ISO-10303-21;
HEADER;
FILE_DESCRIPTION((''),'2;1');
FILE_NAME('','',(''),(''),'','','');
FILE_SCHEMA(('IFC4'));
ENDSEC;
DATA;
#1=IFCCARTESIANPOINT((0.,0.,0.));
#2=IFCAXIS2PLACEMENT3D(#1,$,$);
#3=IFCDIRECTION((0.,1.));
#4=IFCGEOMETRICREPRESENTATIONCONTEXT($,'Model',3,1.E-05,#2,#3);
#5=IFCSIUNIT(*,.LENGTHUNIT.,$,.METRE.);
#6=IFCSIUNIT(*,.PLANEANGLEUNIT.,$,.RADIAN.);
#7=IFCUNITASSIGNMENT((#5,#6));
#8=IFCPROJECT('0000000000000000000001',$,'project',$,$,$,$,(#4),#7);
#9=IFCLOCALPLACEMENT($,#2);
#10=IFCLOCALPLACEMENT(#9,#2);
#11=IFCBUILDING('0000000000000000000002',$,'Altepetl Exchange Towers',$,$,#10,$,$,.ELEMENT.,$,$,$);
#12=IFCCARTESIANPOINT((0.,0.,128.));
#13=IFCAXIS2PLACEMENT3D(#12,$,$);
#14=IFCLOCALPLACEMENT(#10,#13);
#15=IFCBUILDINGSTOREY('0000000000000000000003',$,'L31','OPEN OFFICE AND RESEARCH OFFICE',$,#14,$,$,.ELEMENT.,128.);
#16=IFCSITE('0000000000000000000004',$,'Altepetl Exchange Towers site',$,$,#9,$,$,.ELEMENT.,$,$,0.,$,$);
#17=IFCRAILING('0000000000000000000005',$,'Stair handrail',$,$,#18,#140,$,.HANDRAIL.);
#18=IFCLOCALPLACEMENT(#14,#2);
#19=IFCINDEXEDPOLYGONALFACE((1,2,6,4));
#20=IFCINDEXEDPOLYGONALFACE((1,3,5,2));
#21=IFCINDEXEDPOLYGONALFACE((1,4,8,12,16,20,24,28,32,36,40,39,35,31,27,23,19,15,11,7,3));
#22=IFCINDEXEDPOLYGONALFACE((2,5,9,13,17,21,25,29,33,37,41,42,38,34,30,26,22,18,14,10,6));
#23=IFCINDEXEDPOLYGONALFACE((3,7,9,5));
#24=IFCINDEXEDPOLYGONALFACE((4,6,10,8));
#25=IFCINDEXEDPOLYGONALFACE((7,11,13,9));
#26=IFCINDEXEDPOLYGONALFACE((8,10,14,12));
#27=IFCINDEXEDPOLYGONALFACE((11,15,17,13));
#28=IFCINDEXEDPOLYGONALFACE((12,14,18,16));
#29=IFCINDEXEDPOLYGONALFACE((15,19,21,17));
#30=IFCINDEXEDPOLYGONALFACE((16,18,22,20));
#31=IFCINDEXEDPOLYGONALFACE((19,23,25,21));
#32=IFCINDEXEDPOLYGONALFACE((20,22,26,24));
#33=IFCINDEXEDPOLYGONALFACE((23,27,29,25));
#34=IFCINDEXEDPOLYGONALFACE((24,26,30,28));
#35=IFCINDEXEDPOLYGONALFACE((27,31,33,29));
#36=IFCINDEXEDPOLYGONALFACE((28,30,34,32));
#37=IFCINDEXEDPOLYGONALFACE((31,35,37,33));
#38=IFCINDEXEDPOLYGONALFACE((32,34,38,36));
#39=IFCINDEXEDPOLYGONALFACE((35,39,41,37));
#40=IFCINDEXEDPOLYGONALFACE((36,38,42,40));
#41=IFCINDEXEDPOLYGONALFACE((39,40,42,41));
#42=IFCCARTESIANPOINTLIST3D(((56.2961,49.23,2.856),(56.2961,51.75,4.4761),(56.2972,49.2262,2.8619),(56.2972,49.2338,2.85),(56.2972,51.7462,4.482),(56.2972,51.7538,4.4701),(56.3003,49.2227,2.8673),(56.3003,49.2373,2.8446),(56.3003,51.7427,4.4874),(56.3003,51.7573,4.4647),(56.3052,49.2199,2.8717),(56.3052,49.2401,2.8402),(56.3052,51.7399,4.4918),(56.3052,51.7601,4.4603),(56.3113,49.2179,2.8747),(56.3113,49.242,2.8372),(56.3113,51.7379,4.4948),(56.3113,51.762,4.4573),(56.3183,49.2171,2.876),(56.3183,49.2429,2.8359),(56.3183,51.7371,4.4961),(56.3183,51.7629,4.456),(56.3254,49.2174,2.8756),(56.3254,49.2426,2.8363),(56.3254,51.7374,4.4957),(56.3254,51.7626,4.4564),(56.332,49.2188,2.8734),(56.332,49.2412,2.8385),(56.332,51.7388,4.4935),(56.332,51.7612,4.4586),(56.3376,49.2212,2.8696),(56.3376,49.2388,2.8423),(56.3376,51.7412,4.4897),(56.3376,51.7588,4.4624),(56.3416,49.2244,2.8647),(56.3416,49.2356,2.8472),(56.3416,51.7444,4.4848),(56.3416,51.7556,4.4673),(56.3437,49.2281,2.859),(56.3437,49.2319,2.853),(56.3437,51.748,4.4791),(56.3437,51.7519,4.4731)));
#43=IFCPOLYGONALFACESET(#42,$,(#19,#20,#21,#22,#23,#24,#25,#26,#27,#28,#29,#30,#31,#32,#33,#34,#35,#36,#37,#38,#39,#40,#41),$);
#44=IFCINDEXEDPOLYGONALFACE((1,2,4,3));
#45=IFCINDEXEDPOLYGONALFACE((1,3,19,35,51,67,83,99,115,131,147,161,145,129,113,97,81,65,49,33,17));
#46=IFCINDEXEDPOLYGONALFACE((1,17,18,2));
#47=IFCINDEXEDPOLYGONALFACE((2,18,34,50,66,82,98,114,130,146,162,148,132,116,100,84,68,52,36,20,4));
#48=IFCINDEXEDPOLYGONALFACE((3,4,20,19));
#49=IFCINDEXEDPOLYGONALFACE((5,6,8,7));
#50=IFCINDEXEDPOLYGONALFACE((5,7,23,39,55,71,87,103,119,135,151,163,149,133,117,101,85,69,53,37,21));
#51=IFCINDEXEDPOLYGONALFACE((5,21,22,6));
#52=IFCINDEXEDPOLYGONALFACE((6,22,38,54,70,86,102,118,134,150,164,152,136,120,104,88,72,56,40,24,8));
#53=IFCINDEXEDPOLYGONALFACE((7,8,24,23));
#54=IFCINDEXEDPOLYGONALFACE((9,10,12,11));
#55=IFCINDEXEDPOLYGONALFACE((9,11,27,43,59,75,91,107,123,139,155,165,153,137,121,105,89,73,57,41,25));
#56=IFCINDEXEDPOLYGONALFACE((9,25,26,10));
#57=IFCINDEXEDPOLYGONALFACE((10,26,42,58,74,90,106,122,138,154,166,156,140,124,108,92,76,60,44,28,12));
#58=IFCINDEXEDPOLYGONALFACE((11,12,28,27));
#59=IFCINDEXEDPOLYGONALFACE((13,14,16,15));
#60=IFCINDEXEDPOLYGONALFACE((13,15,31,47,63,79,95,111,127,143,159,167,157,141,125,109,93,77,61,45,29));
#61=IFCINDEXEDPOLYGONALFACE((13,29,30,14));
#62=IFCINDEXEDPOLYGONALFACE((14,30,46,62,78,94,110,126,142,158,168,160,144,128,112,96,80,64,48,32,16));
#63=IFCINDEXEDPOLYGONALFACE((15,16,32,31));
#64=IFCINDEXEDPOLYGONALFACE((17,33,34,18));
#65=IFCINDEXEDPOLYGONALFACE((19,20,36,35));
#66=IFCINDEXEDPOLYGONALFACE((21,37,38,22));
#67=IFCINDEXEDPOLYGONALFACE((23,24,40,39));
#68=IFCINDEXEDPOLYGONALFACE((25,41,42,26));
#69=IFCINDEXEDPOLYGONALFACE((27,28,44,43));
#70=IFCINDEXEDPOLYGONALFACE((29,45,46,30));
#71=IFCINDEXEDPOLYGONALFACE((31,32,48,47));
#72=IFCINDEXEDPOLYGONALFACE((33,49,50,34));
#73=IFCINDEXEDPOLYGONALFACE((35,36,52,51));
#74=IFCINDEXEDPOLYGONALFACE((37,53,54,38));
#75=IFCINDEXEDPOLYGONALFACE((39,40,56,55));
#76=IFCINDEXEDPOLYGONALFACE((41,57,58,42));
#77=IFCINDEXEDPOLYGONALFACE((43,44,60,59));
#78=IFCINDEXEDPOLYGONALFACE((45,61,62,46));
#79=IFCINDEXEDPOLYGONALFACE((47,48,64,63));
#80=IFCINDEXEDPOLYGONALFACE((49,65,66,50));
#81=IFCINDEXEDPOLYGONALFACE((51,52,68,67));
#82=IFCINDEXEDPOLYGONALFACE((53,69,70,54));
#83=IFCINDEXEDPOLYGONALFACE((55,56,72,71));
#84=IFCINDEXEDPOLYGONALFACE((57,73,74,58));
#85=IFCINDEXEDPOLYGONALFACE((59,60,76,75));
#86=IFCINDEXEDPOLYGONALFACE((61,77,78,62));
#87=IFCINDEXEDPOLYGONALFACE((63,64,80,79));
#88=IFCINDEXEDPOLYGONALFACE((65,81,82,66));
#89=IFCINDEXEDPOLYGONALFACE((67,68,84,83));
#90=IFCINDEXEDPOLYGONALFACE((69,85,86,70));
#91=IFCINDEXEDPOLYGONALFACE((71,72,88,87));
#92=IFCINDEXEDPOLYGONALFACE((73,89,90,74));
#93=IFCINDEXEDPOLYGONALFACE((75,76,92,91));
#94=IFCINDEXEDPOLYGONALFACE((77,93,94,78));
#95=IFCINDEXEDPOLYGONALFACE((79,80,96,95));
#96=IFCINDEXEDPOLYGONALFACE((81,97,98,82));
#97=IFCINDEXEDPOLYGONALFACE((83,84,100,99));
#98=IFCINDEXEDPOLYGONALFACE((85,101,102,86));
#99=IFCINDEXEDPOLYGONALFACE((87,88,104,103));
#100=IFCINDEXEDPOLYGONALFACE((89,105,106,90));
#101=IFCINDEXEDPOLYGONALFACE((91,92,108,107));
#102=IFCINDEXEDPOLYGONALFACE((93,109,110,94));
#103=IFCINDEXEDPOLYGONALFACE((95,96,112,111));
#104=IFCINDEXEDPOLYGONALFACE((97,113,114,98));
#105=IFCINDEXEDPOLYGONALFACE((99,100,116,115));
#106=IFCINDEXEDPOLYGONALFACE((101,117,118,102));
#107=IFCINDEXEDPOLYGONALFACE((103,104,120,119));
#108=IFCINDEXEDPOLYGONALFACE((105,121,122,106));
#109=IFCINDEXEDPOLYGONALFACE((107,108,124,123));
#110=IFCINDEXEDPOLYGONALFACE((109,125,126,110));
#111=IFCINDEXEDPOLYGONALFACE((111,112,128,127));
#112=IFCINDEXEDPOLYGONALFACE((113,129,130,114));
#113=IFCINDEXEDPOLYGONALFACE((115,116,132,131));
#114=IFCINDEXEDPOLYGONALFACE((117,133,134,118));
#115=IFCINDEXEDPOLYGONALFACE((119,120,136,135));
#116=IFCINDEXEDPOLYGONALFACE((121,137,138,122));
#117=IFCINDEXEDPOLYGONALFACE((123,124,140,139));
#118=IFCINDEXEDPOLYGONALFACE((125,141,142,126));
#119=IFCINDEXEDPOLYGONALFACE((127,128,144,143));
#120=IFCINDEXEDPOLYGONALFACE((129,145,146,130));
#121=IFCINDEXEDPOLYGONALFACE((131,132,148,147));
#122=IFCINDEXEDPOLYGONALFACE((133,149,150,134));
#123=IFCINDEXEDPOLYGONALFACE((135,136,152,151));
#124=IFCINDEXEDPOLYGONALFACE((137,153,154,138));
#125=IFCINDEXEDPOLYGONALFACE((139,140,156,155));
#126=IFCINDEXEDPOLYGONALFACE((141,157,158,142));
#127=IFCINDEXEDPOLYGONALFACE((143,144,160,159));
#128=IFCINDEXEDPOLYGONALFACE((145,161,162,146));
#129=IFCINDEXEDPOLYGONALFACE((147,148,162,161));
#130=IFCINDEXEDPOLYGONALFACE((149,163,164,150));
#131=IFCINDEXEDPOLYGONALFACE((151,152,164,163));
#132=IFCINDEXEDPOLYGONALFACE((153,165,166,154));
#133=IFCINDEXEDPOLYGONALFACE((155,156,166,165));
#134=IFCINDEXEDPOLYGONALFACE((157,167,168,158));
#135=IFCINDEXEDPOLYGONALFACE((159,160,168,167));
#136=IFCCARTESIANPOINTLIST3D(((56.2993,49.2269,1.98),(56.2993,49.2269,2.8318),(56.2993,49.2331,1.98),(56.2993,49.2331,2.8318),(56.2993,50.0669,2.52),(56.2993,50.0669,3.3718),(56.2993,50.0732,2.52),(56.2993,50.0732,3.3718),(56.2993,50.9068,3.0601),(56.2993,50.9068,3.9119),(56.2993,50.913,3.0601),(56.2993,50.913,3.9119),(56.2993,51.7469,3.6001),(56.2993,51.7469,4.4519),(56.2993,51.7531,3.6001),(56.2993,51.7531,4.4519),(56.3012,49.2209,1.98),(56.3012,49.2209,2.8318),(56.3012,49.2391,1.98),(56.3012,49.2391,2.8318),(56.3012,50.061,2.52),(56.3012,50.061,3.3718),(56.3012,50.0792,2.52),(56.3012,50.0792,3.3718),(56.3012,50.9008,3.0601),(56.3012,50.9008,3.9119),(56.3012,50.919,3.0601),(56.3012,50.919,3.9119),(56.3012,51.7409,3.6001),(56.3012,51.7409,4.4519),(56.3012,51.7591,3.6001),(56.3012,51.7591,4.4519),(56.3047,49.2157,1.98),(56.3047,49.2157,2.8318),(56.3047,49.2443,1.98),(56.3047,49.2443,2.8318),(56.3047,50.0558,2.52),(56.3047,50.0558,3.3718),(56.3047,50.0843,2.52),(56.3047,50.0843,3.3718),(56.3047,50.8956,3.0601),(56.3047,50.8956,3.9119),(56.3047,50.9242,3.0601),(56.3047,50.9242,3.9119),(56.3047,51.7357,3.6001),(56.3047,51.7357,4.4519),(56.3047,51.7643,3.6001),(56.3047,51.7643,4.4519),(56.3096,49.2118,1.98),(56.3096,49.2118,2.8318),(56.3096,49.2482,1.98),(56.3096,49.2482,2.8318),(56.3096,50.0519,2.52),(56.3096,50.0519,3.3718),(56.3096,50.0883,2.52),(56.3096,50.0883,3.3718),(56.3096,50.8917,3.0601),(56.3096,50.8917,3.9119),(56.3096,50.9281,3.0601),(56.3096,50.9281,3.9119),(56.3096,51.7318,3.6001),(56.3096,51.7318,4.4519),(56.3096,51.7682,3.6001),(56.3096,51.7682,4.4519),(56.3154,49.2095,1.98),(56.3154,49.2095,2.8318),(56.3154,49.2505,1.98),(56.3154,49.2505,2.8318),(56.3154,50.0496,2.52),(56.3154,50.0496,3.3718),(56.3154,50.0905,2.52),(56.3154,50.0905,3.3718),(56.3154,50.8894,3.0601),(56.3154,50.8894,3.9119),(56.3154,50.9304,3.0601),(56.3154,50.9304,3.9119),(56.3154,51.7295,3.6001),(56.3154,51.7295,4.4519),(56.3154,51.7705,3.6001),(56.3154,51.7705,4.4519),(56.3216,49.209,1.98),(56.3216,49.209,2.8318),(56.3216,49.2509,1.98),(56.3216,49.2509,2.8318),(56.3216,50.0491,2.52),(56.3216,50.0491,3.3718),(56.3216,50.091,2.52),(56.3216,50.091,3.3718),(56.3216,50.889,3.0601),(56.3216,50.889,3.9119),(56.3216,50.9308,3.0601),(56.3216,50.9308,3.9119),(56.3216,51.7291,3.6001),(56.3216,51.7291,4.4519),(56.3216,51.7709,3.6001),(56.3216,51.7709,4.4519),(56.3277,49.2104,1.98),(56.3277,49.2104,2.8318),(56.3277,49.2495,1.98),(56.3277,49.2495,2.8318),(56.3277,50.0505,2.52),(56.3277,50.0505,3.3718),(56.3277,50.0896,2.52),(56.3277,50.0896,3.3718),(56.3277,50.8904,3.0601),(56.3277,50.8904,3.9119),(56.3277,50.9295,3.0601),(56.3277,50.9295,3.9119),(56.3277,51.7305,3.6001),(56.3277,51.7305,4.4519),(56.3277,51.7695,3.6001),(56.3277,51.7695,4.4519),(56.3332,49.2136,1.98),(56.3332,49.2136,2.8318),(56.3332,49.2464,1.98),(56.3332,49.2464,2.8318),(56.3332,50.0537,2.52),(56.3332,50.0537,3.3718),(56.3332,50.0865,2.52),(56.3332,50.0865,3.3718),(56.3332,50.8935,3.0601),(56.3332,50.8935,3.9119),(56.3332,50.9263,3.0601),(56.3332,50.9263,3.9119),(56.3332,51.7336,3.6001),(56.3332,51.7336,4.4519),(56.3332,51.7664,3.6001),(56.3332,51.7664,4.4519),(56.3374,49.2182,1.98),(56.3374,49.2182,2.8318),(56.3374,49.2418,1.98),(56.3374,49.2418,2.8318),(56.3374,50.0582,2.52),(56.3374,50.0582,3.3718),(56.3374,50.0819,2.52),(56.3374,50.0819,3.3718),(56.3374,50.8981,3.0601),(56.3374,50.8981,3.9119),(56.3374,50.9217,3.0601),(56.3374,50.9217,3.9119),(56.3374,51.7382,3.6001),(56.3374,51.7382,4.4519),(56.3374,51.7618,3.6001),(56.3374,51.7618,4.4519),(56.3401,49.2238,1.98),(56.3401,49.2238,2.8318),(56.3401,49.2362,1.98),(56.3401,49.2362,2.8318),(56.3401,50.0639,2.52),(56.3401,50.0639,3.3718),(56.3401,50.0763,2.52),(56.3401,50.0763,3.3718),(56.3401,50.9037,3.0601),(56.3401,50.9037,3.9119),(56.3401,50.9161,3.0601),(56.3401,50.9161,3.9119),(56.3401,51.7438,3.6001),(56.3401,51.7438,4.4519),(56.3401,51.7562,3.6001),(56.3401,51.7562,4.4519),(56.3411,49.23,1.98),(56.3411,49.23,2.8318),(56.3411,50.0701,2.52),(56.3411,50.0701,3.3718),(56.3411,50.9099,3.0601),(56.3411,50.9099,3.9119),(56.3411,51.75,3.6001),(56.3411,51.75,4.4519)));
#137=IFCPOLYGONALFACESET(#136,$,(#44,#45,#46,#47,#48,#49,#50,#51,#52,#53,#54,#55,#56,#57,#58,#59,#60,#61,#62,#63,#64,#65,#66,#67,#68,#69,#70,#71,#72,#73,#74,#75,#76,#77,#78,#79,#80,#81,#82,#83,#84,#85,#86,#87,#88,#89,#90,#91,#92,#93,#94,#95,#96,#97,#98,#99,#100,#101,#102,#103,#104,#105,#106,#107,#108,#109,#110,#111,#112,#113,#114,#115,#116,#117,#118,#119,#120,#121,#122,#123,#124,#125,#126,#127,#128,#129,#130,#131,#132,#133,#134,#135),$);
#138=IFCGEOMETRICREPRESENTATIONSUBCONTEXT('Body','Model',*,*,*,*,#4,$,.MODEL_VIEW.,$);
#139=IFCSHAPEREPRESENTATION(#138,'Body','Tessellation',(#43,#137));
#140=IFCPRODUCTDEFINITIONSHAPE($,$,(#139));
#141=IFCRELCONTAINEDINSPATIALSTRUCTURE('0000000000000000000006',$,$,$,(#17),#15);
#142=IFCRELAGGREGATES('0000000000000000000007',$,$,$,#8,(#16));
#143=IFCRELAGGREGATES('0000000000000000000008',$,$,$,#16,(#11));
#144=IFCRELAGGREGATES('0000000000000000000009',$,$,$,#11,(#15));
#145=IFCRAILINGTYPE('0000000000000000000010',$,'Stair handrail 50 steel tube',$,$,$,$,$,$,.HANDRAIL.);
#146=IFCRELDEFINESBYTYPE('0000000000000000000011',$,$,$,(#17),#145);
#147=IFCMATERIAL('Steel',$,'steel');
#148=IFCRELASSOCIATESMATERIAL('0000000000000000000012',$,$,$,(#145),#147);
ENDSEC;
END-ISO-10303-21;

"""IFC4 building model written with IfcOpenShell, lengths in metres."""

from ifc_helpers import new_model, si_unit, direction, frame, origin, origin_2d, place, context, subcontext, project, spatial, circle, extrude, source, transform, mapped, material, type_object, element, save


model = new_model("IFC4")

# Units and contexts
model_context = context("Model", 3, precision=1e-05, world=origin(), true_north=direction((0.0, 1.0)))
body_context = subcontext(model_context, "Body", "Model", "MODEL_VIEW")
ifc_project = project(units=[si_unit("LENGTHUNIT", "METRE"), si_unit("PLANEANGLEUNIT", "RADIAN")], contexts=[model_context])

# Site, building, storey
site_placement = place(None, origin())
site = spatial("IfcSite", under=ifc_project, at=site_placement, Name="Altepetl Exchange Towers site", CompositionType="ELEMENT", RefElevation=0.0)
building_placement = place(site_placement, origin())
building = spatial("IfcBuilding", under=site, at=building_placement, Name="Altepetl Exchange Towers", CompositionType="ELEMENT")
storey_placement = place(building_placement, frame((0.0, 0.0, 128.0)))
storey = spatial("IfcBuildingStorey", under=building, at=storey_placement, Name="L31", Description="OPEN OFFICE AND RESEARCH OFFICE", CompositionType="ELEMENT", Elevation=128.0)

# Railing
ifc_material_1 = material(Name="Steel", Category="steel")
railing_type = type_object("IfcRailingType", Name="Stair handrail 50 steel tube", PredefinedType="HANDRAIL", material=ifc_material_1)
shared_shape = source(origin(), body_context, "Body", "SweptSolid", [
    extrude(circle(Radius=0.021, at=origin_2d()), origin(), (0.0, 0.0, 1.0), 0.8518),
])
railing_1_placement = place(storey_placement, frame((56.3201, 49.23, 1.98)))
element("IfcRailing", 1, at=railing_1_placement, inside=storey, type_object=railing_type, Name="Stair handrail", PredefinedType="HANDRAIL", context=body_context, shape_type="SweptSolid", body=[
    extrude(circle(Radius=0.0239, at=origin_2d()), frame((0.0, 0.0, 0.876), z_axis=(0.0, 0.841163, 0.540782), x_axis=(-1.0, 0.0, 0.0)), (0.0, 0.0, 1.0), 2.9958),
    mapped(shared_shape, transform((0.0, 0.0, 0.0))),
    mapped(shared_shape, transform((0.0, 0.8401, 0.54))),
    mapped(shared_shape, transform((0.0, 1.6799, 1.0801))),
    mapped(shared_shape, transform((0.0, 2.52, 1.6201))),
])

save(model, "model.ifc")
